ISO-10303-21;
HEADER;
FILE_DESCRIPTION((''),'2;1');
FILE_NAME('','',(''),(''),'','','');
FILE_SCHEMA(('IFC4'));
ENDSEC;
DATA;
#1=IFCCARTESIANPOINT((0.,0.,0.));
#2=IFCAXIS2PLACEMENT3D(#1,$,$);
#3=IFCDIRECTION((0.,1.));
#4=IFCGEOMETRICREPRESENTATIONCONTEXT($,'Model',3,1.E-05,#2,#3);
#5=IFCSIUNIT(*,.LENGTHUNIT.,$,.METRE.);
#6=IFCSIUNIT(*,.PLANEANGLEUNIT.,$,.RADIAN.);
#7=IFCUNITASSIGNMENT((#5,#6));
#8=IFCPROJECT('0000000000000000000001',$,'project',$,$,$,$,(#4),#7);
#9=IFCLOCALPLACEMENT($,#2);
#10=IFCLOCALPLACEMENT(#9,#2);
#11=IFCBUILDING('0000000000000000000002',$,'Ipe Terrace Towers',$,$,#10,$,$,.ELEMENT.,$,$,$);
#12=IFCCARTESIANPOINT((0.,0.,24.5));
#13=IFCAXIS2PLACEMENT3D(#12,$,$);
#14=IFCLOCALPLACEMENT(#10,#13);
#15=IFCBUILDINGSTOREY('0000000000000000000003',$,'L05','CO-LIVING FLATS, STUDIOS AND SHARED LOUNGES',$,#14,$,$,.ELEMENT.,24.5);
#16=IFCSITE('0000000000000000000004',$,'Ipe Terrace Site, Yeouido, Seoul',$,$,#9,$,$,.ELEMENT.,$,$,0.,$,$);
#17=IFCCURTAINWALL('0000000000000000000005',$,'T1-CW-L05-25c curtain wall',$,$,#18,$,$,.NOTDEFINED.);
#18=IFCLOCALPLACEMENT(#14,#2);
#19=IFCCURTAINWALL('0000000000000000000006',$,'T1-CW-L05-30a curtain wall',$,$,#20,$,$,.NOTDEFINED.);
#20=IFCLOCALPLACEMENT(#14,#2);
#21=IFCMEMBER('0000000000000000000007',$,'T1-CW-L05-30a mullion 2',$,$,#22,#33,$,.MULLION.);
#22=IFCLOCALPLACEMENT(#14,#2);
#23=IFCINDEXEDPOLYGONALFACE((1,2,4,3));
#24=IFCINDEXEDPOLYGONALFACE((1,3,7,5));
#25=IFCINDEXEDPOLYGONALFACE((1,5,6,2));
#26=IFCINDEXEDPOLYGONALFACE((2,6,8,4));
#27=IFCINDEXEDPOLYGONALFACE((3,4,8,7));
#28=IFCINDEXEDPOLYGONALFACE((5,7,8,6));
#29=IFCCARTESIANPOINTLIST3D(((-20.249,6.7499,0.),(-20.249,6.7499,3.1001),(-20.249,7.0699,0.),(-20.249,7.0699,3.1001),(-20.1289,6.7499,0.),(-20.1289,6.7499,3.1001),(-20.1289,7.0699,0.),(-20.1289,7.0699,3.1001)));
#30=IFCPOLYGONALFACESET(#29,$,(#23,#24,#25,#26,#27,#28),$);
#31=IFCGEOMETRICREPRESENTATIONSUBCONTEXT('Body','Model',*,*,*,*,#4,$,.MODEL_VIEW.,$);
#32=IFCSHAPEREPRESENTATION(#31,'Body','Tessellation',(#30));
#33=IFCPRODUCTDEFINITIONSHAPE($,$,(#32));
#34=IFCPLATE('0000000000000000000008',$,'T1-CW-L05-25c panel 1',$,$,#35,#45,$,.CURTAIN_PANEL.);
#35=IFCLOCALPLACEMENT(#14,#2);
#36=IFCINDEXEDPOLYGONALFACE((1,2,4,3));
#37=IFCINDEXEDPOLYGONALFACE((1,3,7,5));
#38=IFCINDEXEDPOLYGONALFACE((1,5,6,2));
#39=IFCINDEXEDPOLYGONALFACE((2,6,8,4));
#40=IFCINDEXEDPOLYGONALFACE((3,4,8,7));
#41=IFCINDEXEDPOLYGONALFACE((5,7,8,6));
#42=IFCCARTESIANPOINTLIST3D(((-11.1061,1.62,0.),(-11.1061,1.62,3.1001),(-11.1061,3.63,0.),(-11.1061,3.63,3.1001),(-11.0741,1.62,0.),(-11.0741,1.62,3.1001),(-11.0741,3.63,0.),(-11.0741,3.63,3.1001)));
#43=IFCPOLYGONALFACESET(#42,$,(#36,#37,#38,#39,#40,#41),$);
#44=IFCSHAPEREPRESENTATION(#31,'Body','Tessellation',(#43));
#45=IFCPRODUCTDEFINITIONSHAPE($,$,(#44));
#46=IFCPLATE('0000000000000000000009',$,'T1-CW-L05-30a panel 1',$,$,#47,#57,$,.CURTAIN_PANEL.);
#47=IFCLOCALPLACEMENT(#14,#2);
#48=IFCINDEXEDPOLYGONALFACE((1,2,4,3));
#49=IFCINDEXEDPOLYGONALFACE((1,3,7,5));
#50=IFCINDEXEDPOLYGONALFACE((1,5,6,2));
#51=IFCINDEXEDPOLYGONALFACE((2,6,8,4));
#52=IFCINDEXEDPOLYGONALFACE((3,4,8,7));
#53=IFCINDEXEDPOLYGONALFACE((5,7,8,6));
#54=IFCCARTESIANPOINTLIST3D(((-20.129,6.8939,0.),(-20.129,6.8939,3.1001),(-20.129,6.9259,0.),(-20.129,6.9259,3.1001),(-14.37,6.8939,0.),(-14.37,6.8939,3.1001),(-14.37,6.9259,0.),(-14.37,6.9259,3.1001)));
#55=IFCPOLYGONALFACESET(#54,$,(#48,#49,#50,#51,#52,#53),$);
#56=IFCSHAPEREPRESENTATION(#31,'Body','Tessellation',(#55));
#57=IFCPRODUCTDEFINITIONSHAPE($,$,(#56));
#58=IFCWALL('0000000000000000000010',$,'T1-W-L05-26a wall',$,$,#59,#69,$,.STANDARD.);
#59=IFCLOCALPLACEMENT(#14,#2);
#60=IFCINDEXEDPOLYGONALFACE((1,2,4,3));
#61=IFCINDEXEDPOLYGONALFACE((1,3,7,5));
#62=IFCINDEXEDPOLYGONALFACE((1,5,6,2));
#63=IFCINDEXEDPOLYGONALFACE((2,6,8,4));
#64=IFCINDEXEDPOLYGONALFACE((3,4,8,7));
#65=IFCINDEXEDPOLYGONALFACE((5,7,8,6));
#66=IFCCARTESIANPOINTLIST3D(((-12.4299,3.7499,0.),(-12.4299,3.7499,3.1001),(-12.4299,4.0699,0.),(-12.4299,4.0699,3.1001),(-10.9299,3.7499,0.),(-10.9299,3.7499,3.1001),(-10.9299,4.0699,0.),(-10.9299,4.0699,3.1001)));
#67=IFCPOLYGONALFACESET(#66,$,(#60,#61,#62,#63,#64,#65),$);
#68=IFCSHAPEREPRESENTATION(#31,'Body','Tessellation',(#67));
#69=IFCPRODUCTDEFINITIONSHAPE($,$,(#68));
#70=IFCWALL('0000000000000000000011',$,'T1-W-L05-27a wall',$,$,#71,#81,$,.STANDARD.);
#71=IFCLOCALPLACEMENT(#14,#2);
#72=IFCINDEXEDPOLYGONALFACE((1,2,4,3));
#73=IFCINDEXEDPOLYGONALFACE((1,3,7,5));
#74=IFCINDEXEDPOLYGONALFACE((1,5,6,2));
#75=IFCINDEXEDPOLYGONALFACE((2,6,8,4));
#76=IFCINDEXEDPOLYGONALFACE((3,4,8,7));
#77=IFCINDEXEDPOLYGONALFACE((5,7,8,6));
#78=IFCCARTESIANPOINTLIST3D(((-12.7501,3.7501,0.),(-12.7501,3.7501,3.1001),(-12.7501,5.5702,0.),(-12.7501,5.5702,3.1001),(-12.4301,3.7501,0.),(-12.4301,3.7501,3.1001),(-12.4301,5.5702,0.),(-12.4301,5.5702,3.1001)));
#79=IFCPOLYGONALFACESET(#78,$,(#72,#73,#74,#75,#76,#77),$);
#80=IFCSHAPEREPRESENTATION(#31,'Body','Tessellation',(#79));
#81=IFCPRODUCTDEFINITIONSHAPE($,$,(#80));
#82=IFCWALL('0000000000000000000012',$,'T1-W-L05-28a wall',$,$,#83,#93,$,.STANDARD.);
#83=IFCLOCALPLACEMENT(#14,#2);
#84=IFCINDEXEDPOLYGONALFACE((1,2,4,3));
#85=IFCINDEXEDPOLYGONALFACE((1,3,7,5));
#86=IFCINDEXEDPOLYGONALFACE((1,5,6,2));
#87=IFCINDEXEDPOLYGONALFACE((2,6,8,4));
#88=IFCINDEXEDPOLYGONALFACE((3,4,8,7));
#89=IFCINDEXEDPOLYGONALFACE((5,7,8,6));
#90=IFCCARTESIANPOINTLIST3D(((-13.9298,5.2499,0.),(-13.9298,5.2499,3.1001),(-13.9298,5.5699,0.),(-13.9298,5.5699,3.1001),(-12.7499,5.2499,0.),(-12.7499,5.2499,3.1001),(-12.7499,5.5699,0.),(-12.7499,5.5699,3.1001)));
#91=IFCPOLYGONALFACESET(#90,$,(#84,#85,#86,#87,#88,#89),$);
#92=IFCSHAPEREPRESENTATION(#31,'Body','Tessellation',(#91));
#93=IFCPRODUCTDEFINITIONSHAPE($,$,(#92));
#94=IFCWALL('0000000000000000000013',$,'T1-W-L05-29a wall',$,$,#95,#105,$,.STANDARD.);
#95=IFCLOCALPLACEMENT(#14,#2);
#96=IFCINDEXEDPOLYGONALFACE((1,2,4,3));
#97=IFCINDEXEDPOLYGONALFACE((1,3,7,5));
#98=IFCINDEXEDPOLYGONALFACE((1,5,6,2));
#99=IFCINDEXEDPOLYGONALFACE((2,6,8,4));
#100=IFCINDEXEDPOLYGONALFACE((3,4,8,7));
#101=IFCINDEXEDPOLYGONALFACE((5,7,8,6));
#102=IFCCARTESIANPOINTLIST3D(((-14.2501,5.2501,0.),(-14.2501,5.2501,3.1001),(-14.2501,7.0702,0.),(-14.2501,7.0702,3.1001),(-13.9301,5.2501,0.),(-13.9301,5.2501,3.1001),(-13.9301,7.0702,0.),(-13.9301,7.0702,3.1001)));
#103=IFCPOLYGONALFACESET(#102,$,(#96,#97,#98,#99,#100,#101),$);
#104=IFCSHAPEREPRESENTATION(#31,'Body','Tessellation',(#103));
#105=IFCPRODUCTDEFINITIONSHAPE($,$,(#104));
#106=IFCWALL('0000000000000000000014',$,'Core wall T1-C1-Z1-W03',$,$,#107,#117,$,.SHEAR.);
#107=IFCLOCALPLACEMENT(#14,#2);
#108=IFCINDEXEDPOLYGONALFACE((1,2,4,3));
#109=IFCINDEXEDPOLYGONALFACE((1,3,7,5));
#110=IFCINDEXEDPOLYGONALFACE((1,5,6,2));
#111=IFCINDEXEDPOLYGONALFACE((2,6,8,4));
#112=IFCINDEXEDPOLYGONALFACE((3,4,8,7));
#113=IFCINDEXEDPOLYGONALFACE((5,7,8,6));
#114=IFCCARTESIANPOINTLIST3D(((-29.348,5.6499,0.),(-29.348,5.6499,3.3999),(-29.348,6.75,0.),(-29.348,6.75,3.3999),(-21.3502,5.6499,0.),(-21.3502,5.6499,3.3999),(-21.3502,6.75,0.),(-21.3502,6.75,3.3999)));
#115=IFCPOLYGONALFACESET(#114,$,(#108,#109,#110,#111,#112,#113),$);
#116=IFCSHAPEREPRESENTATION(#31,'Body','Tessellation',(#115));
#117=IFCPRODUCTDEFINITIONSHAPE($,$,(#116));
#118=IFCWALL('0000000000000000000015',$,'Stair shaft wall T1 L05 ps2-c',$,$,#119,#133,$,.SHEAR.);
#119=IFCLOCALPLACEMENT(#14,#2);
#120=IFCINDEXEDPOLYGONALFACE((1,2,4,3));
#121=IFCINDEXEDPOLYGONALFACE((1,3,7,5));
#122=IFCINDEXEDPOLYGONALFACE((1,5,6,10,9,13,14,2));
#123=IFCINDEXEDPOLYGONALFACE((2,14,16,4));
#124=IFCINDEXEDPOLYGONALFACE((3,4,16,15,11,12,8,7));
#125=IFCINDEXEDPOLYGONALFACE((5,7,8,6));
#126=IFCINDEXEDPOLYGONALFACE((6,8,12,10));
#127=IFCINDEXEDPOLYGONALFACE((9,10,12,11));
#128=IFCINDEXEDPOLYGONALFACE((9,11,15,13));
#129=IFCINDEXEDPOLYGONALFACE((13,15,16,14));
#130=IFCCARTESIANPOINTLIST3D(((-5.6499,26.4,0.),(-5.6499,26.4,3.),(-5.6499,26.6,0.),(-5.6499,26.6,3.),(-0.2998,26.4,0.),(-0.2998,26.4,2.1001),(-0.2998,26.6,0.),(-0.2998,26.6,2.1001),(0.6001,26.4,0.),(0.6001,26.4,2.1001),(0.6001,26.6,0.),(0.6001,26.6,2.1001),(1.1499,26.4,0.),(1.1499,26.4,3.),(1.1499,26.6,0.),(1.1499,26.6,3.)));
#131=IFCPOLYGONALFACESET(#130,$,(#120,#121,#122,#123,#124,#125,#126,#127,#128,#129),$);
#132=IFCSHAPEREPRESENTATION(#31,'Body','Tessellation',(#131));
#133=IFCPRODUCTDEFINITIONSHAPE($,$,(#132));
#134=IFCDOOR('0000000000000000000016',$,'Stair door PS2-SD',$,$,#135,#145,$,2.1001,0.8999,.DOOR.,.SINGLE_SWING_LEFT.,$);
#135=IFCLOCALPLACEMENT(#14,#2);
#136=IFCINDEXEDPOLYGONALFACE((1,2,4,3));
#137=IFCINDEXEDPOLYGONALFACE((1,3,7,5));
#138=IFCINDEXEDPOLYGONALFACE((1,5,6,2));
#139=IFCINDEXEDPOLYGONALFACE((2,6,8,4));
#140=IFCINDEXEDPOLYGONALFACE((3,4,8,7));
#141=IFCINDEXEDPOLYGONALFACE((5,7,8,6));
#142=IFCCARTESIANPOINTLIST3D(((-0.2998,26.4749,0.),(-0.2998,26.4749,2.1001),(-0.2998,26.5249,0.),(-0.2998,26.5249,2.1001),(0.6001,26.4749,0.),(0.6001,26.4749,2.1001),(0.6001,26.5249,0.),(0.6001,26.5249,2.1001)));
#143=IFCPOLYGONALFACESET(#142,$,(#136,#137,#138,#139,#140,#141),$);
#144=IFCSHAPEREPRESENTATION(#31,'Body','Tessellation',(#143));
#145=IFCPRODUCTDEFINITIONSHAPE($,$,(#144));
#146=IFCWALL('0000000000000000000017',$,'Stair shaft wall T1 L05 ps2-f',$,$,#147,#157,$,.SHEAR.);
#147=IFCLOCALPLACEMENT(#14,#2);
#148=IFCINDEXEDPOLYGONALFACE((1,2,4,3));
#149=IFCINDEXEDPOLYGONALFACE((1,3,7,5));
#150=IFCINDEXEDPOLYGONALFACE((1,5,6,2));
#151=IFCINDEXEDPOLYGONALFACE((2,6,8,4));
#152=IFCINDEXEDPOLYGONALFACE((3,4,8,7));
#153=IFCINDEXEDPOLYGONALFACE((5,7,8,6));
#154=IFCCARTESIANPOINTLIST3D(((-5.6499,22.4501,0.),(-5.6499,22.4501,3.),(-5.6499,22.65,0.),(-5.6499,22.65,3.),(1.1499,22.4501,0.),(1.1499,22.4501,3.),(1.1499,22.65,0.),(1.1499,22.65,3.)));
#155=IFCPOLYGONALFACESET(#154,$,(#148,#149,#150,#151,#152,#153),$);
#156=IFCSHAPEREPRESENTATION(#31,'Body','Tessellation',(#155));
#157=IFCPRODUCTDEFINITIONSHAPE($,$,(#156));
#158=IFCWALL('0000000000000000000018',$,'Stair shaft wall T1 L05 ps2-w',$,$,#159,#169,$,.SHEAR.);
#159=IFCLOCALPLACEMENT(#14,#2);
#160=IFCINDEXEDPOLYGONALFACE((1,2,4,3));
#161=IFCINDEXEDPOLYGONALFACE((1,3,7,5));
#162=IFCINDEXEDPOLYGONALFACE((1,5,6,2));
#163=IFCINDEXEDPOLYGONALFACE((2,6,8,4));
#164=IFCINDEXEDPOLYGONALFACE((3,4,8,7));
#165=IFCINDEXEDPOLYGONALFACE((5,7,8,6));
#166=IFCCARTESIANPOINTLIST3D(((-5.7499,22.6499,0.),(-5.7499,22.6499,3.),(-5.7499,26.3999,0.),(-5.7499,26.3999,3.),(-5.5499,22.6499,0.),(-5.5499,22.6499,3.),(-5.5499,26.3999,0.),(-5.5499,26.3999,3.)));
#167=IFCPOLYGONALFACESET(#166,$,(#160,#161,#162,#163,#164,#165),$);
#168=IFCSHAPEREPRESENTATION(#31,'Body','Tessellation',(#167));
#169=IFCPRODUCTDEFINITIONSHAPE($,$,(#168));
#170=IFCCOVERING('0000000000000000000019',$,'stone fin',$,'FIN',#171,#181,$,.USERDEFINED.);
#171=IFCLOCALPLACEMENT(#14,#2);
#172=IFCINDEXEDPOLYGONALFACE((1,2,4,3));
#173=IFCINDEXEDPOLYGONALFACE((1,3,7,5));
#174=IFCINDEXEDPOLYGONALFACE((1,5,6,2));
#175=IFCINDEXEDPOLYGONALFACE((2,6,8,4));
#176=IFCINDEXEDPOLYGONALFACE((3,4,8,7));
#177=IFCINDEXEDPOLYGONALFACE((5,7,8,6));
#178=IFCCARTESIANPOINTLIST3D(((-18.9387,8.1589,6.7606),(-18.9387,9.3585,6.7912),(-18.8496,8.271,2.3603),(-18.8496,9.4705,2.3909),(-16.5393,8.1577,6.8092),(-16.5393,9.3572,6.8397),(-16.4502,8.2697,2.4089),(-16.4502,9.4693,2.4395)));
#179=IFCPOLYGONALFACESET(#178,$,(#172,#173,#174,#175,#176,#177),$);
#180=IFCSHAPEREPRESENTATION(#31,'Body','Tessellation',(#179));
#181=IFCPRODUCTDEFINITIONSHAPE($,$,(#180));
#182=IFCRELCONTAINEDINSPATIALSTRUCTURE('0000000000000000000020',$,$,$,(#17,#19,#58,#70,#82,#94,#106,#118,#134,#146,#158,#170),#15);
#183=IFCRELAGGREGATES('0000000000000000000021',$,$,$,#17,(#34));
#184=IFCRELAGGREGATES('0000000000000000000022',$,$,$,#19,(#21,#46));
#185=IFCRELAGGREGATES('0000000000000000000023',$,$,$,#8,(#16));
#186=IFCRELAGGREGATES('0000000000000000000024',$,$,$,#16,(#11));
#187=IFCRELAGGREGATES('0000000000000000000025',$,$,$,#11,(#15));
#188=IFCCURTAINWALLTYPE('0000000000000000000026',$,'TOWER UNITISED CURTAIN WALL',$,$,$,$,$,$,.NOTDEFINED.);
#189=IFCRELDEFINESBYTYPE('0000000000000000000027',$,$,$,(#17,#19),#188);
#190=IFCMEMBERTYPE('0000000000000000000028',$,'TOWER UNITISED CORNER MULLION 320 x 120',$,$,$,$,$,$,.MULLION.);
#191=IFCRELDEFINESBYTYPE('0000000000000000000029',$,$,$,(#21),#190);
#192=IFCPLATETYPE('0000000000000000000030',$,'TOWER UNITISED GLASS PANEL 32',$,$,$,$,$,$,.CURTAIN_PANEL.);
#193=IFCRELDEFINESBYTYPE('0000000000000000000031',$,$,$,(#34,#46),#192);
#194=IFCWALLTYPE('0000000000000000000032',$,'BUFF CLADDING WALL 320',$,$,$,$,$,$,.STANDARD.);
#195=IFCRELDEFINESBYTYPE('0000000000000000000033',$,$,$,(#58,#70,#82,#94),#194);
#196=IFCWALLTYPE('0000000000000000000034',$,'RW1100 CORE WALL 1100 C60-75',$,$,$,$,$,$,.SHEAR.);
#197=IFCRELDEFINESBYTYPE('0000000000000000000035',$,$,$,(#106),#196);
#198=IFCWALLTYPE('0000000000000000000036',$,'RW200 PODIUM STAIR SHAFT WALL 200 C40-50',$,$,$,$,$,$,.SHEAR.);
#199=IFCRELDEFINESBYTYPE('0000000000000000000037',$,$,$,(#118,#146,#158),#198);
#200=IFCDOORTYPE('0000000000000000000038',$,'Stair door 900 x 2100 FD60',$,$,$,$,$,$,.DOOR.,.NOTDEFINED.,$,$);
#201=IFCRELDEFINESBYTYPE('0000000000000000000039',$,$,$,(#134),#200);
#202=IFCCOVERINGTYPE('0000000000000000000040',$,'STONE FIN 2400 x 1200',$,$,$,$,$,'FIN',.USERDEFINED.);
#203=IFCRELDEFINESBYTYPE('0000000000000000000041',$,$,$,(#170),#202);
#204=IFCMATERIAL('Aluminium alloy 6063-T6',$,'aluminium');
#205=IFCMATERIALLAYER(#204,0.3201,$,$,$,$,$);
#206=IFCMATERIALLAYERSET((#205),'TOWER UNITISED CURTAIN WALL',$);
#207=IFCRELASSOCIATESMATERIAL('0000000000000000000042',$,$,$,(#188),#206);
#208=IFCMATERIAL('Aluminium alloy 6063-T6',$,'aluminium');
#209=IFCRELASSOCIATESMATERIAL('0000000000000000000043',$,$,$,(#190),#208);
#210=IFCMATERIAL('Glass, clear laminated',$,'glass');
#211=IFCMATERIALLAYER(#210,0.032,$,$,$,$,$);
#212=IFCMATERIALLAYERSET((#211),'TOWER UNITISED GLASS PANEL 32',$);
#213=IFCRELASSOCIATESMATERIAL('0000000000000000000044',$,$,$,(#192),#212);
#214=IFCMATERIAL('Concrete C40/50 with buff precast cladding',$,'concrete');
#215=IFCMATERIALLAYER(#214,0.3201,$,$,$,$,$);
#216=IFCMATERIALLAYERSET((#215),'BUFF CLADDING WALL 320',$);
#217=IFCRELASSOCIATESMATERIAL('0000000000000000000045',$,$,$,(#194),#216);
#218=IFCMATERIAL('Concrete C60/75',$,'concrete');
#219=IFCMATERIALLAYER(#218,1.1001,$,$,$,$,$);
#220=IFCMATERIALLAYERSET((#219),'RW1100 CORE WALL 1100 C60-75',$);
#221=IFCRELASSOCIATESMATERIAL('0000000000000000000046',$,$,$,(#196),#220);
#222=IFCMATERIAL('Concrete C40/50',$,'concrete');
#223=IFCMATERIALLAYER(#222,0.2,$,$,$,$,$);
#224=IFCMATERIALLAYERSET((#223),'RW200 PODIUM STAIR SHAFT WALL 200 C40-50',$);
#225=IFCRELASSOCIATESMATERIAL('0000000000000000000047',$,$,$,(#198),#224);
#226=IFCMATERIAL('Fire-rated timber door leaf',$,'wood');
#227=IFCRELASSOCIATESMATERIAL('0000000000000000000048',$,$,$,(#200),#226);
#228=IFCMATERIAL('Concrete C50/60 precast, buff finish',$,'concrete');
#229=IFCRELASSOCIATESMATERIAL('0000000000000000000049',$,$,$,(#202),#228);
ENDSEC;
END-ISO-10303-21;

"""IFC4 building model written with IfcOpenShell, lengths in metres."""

from ifc_helpers import new_model, si_unit, direction, frame, frame_2d, origin, origin_2d, place, context, subcontext, project, spatial, rectangle, extrude, material, layer, layer_set, material_profile, profile_set, type_object, element, fill, aggregate, save


model = new_model("IFC4")

# Units and contexts
model_context = context("Model", 3, precision=1e-05, world=origin(), true_north=direction((0.0, 1.0)))
body_context = subcontext(model_context, "Body", "Model", "MODEL_VIEW")
ifc_project = project(units=[si_unit("LENGTHUNIT", "METRE"), si_unit("PLANEANGLEUNIT", "RADIAN")], contexts=[model_context])

# Site, building, storey
site_placement = place(None, origin())
site = spatial("IfcSite", under=ifc_project, at=site_placement, Name="Ipe Terrace Site, Yeouido, Seoul", CompositionType="ELEMENT", RefElevation=0.0)
building_placement = place(site_placement, origin())
building = spatial("IfcBuilding", under=site, at=building_placement, Name="Ipe Terrace Towers", CompositionType="ELEMENT")
storey_placement = place(building_placement, frame((0.0, 0.0, 24.5)))
storey = spatial("IfcBuildingStorey", under=building, at=storey_placement, Name="L05", Description="CO-LIVING FLATS, STUDIOS AND SHARED LOUNGES", CompositionType="ELEMENT", Elevation=24.5)

# Curtain walls, member
ifc_material_1 = material(Name="Aluminium alloy 6063-T6", Category="aluminium")
ifc_layer_1 = layer(ifc_material_1, 0.3201)
ifc_layer_set_1 = layer_set([ifc_layer_1], Name="TOWER UNITISED CURTAIN WALL")
curtain_wall_type = type_object("IfcCurtainWallType", Name="TOWER UNITISED CURTAIN WALL", PredefinedType="NOTDEFINED", material=ifc_layer_set_1)
curtain_wall_1_placement = place(storey_placement, origin())
curtain_wall_1 = element("IfcCurtainWall", 1, at=curtain_wall_1_placement, inside=storey, type_object=curtain_wall_type, Name="T1-CW-L05-25c curtain wall", PredefinedType="NOTDEFINED")
ifc_material_2 = material(Name="Aluminium alloy 6063-T6", Category="aluminium")
ifc_material_profile_1 = material_profile(ifc_material_2, rectangle(XDim=0.3201, YDim=0.1201, at=origin_2d()), Name="TOWER UNITISED CORNER MULLION 320 x 120")
ifc_profile_set_1 = profile_set([ifc_material_profile_1], Name="Aluminium alloy 6063-T6")
member_type = type_object("IfcMemberType", Name="TOWER UNITISED CORNER MULLION 320 x 120", PredefinedType="MULLION", material=ifc_profile_set_1)
curtain_wall_2_placement = place(storey_placement, origin())
curtain_wall_2 = element("IfcCurtainWall", 2, at=curtain_wall_2_placement, inside=storey, type_object=curtain_wall_type, Name="T1-CW-L05-30a curtain wall", PredefinedType="NOTDEFINED")
member_1_placement = place(storey_placement, frame((-20.189, 6.9099, 0.0), z_axis=(0.0, 0.0, 1.0), x_axis=(0.0, 1.0, 0.0)))
member_1 = element("IfcMember", 3, at=member_1_placement, type_object=member_type, Name="T1-CW-L05-30a mullion 2", PredefinedType="MULLION", context=body_context, shape_type="SweptSolid", body=[
    extrude(rectangle(XDim=0.3201, YDim=0.1201, at=origin_2d()), origin(), (0.0, 0.0, 1.0), 3.1001),
])

# Plates
ifc_material_3 = material(Name="Glass, clear laminated", Category="glass")
ifc_layer_2 = layer(ifc_material_3, 0.032)
ifc_layer_set_2 = layer_set([ifc_layer_2], Name="TOWER UNITISED GLASS PANEL 32")
plate_type = type_object("IfcPlateType", Name="TOWER UNITISED GLASS PANEL 32", PredefinedType="CURTAIN_PANEL", material=ifc_layer_set_2)
plate_1_placement = place(storey_placement, frame((-11.0901, 2.625, 0.0), z_axis=(0.0, 0.0, 1.0), x_axis=(0.0, 1.0, 0.0)))
plate_1 = element("IfcPlate", 4, at=plate_1_placement, type_object=plate_type, Name="T1-CW-L05-25c panel 1", PredefinedType="CURTAIN_PANEL", context=body_context, shape_type="SweptSolid", body=[
    extrude(rectangle(XDim=2.01, YDim=0.032, at=origin_2d()), origin(), (0.0, 0.0, 1.0), 3.1001),
])
aggregate(curtain_wall_1, [plate_1])
plate_2_placement = place(storey_placement, frame((-17.2495, 6.9099, 0.0), z_axis=(0.0, 0.0, 1.0), x_axis=(-1.0, 0.0, 0.0)))
plate_2 = element("IfcPlate", 5, at=plate_2_placement, type_object=plate_type, Name="T1-CW-L05-30a panel 1", PredefinedType="CURTAIN_PANEL", context=body_context, shape_type="SweptSolid", body=[
    extrude(rectangle(XDim=5.759, YDim=0.032, at=origin_2d()), origin(), (0.0, 0.0, 1.0), 3.1001),
])
aggregate(curtain_wall_2, [member_1, plate_2])

# Walls
ifc_material_4 = material(Name="Concrete C40/50 with buff precast cladding", Category="concrete")
ifc_layer_3 = layer(ifc_material_4, 0.3201)
ifc_layer_set_3 = layer_set([ifc_layer_3], Name="BUFF CLADDING WALL 320")
wall_type_1 = type_object("IfcWallType", Name="BUFF CLADDING WALL 320", PredefinedType="STANDARD", material=ifc_layer_set_3)
wall_1_placement = place(storey_placement, frame((-10.9299, 3.9099, 0.0), z_axis=(0.0, 0.0, 1.0), x_axis=(-1.0, 0.0, 0.0)))
element("IfcWall", 6, at=wall_1_placement, inside=storey, type_object=wall_type_1, Name="T1-W-L05-26a wall", PredefinedType="STANDARD", context=body_context, shape_type="SweptSolid", body=[
    extrude(rectangle(XDim=1.5, YDim=0.3201, at=frame_2d((0.75, 0.0))), origin(), (0.0, 0.0, 1.0), 3.1001),
])
wall_2_placement = place(storey_placement, frame((-12.5901, 3.75, 0.0), z_axis=(0.0, 0.0, 1.0), x_axis=(0.0, 1.0, 0.0)))
element("IfcWall", 7, at=wall_2_placement, inside=storey, type_object=wall_type_1, Name="T1-W-L05-27a wall", PredefinedType="STANDARD", context=body_context, shape_type="SweptSolid", body=[
    extrude(rectangle(XDim=1.8201, YDim=0.3201, at=frame_2d((0.9102, 0.0))), origin(), (0.0, 0.0, 1.0), 3.1001),
])
wall_3_placement = place(storey_placement, frame((-12.75, 5.4099, 0.0), z_axis=(0.0, 0.0, 1.0), x_axis=(-1.0, 0.0, 0.0)))
element("IfcWall", 8, at=wall_3_placement, inside=storey, type_object=wall_type_1, Name="T1-W-L05-28a wall", PredefinedType="STANDARD", context=body_context, shape_type="SweptSolid", body=[
    extrude(rectangle(XDim=1.1799, YDim=0.3201, at=frame_2d((0.5898, 0.0))), origin(), (0.0, 0.0, 1.0), 3.1001),
])
wall_4_placement = place(storey_placement, frame((-14.0901, 5.25, 0.0), z_axis=(0.0, 0.0, 1.0), x_axis=(0.0, 1.0, 0.0)))
element("IfcWall", 9, at=wall_4_placement, inside=storey, type_object=wall_type_1, Name="T1-W-L05-29a wall", PredefinedType="STANDARD", context=body_context, shape_type="SweptSolid", body=[
    extrude(rectangle(XDim=1.8201, YDim=0.3201, at=frame_2d((0.9102, 0.0))), origin(), (0.0, 0.0, 1.0), 3.1001),
])
ifc_material_5 = material(Name="Concrete C60/75", Category="concrete")
ifc_layer_4 = layer(ifc_material_5, 1.1001)
ifc_layer_set_4 = layer_set([ifc_layer_4], Name="RW1100 CORE WALL 1100 C60-75")
wall_type_2 = type_object("IfcWallType", Name="RW1100 CORE WALL 1100 C60-75", PredefinedType="SHEAR", material=ifc_layer_set_4)
wall_5_placement = place(storey_placement, frame((-21.3501, 6.2, 0.0), z_axis=(0.0, 0.0, 1.0), x_axis=(-1.0, 0.0, 0.0)))
element("IfcWall", 10, at=wall_5_placement, inside=storey, type_object=wall_type_2, Name="Core wall T1-C1-Z1-W03", PredefinedType="SHEAR", context=body_context, shape_type="SweptSolid", body=[
    extrude(rectangle(XDim=7.9978, YDim=1.1001, at=frame_2d((3.999, 0.0))), origin(), (0.0, 0.0, 1.0), 3.3999),
])

# Wall, opening, door
ifc_material_6 = material(Name="Concrete C40/50", Category="concrete")
ifc_layer_5 = layer(ifc_material_6, 0.2)
ifc_layer_set_5 = layer_set([ifc_layer_5], Name="RW200 PODIUM STAIR SHAFT WALL 200 C40-50")
wall_type_3 = type_object("IfcWallType", Name="RW200 PODIUM STAIR SHAFT WALL 200 C40-50", PredefinedType="SHEAR", material=ifc_layer_set_5)
wall_6_placement = place(storey_placement, frame((-5.6499, 26.5, 0.0), z_axis=(0.0, 0.0, 1.0), x_axis=(1.0, 0.0, 0.0)))
wall_6 = element("IfcWall", 11, at=wall_6_placement, inside=storey, type_object=wall_type_3, Name="Stair shaft wall T1 L05 ps2-c", PredefinedType="SHEAR", context=body_context, shape_type="SweptSolid", body=[
    extrude(rectangle(XDim=6.7998, YDim=0.2, at=frame_2d((3.3999, 0.0))), origin(), (0.0, 0.0, 1.0), 3.0),
])
opening_placement = place(wall_6_placement, frame((5.3501, 0.0, 0.0)))
opening = element("IfcOpeningElement", 12, at=opening_placement, cuts=wall_6, PredefinedType="OPENING", context=body_context, shape_type="SweptSolid", body=[
    extrude(rectangle(XDim=0.8999, YDim=2.1001, at=frame_2d((0.45, 1.05))), frame((0.0, 0.1099, 0.0), z_axis=(0.0, -1.0, 0.0), x_axis=(1.0, 0.0, 0.0)), (0.0, 0.0, 1.0), 0.22),
])
ifc_material_7 = material(Name="Fire-rated timber door leaf", Category="wood")
door_type = type_object("IfcDoorType", Name="Stair door 900 x 2100 FD60", OperationType="NOTDEFINED", PredefinedType="DOOR", material=ifc_material_7)
door_placement = place(opening_placement, origin())
door = element("IfcDoor", 13, at=door_placement, inside=storey, type_object=door_type, Name="Stair door PS2-SD", OperationType="SINGLE_SWING_LEFT", OverallHeight=2.1001, OverallWidth=0.8999, PredefinedType="DOOR", context=body_context, shape_type="SweptSolid", body=[
    extrude(rectangle(XDim=0.8999, YDim=2.1001, at=frame_2d((0.45, 1.05))), frame((0.0, 0.0249, 0.0), z_axis=(0.0, -1.0, 0.0), x_axis=(1.0, 0.0, 0.0)), (0.0, 0.0, 1.0), 0.05),
])
fill(opening, door)

# Walls
wall_7_placement = place(storey_placement, frame((-5.6499, 22.55, 0.0), z_axis=(0.0, 0.0, 1.0), x_axis=(1.0, 0.0, 0.0)))
element("IfcWall", 14, at=wall_7_placement, inside=storey, type_object=wall_type_3, Name="Stair shaft wall T1 L05 ps2-f", PredefinedType="SHEAR", context=body_context, shape_type="SweptSolid", body=[
    extrude(rectangle(XDim=6.7998, YDim=0.2, at=frame_2d((3.3999, 0.0))), origin(), (0.0, 0.0, 1.0), 3.0),
])
wall_8_placement = place(storey_placement, frame((-5.6499, 22.6499, 0.0), z_axis=(0.0, 0.0, 1.0), x_axis=(0.0, 1.0, 0.0)))
element("IfcWall", 15, at=wall_8_placement, inside=storey, type_object=wall_type_3, Name="Stair shaft wall T1 L05 ps2-w", PredefinedType="SHEAR", context=body_context, shape_type="SweptSolid", body=[
    extrude(rectangle(XDim=3.75, YDim=0.2, at=frame_2d((1.875, 0.0))), origin(), (0.0, 0.0, 1.0), 3.0),
])

# Covering
ifc_material_8 = material(Name="Concrete C50/60 precast, buff finish", Category="concrete")
ifc_material_profile_2 = material_profile(ifc_material_8, rectangle(XDim=2.3999, YDim=1.2, at=origin_2d()), Name="STONE FIN 2400 x 1200")
ifc_profile_set_2 = profile_set([ifc_material_profile_2], Name="Concrete C50/60 precast, buff finish")
covering_type_1 = type_object("IfcCoveringType", Name="STONE FIN 2400 x 1200", ElementType="FIN", PredefinedType="USERDEFINED", material=ifc_profile_set_2)
covering_1_placement = place(storey_placement, frame((-17.6499, 8.8701, 2.3999), z_axis=(-0.020241, -0.025454, 0.999471), x_axis=(-0.999795, 0.000515, -0.020235)))
element("IfcCovering", 16, at=covering_1_placement, inside=storey, type_object=covering_type_1, Name="stone fin", ObjectType="FIN", PredefinedType="USERDEFINED", context=body_context, shape_type="SweptSolid", body=[
    extrude(rectangle(XDim=2.3999, YDim=1.2, at=origin_2d()), origin(), (0.0, 0.0, 1.0), 4.4026),
])

save(model, "model.ifc")
